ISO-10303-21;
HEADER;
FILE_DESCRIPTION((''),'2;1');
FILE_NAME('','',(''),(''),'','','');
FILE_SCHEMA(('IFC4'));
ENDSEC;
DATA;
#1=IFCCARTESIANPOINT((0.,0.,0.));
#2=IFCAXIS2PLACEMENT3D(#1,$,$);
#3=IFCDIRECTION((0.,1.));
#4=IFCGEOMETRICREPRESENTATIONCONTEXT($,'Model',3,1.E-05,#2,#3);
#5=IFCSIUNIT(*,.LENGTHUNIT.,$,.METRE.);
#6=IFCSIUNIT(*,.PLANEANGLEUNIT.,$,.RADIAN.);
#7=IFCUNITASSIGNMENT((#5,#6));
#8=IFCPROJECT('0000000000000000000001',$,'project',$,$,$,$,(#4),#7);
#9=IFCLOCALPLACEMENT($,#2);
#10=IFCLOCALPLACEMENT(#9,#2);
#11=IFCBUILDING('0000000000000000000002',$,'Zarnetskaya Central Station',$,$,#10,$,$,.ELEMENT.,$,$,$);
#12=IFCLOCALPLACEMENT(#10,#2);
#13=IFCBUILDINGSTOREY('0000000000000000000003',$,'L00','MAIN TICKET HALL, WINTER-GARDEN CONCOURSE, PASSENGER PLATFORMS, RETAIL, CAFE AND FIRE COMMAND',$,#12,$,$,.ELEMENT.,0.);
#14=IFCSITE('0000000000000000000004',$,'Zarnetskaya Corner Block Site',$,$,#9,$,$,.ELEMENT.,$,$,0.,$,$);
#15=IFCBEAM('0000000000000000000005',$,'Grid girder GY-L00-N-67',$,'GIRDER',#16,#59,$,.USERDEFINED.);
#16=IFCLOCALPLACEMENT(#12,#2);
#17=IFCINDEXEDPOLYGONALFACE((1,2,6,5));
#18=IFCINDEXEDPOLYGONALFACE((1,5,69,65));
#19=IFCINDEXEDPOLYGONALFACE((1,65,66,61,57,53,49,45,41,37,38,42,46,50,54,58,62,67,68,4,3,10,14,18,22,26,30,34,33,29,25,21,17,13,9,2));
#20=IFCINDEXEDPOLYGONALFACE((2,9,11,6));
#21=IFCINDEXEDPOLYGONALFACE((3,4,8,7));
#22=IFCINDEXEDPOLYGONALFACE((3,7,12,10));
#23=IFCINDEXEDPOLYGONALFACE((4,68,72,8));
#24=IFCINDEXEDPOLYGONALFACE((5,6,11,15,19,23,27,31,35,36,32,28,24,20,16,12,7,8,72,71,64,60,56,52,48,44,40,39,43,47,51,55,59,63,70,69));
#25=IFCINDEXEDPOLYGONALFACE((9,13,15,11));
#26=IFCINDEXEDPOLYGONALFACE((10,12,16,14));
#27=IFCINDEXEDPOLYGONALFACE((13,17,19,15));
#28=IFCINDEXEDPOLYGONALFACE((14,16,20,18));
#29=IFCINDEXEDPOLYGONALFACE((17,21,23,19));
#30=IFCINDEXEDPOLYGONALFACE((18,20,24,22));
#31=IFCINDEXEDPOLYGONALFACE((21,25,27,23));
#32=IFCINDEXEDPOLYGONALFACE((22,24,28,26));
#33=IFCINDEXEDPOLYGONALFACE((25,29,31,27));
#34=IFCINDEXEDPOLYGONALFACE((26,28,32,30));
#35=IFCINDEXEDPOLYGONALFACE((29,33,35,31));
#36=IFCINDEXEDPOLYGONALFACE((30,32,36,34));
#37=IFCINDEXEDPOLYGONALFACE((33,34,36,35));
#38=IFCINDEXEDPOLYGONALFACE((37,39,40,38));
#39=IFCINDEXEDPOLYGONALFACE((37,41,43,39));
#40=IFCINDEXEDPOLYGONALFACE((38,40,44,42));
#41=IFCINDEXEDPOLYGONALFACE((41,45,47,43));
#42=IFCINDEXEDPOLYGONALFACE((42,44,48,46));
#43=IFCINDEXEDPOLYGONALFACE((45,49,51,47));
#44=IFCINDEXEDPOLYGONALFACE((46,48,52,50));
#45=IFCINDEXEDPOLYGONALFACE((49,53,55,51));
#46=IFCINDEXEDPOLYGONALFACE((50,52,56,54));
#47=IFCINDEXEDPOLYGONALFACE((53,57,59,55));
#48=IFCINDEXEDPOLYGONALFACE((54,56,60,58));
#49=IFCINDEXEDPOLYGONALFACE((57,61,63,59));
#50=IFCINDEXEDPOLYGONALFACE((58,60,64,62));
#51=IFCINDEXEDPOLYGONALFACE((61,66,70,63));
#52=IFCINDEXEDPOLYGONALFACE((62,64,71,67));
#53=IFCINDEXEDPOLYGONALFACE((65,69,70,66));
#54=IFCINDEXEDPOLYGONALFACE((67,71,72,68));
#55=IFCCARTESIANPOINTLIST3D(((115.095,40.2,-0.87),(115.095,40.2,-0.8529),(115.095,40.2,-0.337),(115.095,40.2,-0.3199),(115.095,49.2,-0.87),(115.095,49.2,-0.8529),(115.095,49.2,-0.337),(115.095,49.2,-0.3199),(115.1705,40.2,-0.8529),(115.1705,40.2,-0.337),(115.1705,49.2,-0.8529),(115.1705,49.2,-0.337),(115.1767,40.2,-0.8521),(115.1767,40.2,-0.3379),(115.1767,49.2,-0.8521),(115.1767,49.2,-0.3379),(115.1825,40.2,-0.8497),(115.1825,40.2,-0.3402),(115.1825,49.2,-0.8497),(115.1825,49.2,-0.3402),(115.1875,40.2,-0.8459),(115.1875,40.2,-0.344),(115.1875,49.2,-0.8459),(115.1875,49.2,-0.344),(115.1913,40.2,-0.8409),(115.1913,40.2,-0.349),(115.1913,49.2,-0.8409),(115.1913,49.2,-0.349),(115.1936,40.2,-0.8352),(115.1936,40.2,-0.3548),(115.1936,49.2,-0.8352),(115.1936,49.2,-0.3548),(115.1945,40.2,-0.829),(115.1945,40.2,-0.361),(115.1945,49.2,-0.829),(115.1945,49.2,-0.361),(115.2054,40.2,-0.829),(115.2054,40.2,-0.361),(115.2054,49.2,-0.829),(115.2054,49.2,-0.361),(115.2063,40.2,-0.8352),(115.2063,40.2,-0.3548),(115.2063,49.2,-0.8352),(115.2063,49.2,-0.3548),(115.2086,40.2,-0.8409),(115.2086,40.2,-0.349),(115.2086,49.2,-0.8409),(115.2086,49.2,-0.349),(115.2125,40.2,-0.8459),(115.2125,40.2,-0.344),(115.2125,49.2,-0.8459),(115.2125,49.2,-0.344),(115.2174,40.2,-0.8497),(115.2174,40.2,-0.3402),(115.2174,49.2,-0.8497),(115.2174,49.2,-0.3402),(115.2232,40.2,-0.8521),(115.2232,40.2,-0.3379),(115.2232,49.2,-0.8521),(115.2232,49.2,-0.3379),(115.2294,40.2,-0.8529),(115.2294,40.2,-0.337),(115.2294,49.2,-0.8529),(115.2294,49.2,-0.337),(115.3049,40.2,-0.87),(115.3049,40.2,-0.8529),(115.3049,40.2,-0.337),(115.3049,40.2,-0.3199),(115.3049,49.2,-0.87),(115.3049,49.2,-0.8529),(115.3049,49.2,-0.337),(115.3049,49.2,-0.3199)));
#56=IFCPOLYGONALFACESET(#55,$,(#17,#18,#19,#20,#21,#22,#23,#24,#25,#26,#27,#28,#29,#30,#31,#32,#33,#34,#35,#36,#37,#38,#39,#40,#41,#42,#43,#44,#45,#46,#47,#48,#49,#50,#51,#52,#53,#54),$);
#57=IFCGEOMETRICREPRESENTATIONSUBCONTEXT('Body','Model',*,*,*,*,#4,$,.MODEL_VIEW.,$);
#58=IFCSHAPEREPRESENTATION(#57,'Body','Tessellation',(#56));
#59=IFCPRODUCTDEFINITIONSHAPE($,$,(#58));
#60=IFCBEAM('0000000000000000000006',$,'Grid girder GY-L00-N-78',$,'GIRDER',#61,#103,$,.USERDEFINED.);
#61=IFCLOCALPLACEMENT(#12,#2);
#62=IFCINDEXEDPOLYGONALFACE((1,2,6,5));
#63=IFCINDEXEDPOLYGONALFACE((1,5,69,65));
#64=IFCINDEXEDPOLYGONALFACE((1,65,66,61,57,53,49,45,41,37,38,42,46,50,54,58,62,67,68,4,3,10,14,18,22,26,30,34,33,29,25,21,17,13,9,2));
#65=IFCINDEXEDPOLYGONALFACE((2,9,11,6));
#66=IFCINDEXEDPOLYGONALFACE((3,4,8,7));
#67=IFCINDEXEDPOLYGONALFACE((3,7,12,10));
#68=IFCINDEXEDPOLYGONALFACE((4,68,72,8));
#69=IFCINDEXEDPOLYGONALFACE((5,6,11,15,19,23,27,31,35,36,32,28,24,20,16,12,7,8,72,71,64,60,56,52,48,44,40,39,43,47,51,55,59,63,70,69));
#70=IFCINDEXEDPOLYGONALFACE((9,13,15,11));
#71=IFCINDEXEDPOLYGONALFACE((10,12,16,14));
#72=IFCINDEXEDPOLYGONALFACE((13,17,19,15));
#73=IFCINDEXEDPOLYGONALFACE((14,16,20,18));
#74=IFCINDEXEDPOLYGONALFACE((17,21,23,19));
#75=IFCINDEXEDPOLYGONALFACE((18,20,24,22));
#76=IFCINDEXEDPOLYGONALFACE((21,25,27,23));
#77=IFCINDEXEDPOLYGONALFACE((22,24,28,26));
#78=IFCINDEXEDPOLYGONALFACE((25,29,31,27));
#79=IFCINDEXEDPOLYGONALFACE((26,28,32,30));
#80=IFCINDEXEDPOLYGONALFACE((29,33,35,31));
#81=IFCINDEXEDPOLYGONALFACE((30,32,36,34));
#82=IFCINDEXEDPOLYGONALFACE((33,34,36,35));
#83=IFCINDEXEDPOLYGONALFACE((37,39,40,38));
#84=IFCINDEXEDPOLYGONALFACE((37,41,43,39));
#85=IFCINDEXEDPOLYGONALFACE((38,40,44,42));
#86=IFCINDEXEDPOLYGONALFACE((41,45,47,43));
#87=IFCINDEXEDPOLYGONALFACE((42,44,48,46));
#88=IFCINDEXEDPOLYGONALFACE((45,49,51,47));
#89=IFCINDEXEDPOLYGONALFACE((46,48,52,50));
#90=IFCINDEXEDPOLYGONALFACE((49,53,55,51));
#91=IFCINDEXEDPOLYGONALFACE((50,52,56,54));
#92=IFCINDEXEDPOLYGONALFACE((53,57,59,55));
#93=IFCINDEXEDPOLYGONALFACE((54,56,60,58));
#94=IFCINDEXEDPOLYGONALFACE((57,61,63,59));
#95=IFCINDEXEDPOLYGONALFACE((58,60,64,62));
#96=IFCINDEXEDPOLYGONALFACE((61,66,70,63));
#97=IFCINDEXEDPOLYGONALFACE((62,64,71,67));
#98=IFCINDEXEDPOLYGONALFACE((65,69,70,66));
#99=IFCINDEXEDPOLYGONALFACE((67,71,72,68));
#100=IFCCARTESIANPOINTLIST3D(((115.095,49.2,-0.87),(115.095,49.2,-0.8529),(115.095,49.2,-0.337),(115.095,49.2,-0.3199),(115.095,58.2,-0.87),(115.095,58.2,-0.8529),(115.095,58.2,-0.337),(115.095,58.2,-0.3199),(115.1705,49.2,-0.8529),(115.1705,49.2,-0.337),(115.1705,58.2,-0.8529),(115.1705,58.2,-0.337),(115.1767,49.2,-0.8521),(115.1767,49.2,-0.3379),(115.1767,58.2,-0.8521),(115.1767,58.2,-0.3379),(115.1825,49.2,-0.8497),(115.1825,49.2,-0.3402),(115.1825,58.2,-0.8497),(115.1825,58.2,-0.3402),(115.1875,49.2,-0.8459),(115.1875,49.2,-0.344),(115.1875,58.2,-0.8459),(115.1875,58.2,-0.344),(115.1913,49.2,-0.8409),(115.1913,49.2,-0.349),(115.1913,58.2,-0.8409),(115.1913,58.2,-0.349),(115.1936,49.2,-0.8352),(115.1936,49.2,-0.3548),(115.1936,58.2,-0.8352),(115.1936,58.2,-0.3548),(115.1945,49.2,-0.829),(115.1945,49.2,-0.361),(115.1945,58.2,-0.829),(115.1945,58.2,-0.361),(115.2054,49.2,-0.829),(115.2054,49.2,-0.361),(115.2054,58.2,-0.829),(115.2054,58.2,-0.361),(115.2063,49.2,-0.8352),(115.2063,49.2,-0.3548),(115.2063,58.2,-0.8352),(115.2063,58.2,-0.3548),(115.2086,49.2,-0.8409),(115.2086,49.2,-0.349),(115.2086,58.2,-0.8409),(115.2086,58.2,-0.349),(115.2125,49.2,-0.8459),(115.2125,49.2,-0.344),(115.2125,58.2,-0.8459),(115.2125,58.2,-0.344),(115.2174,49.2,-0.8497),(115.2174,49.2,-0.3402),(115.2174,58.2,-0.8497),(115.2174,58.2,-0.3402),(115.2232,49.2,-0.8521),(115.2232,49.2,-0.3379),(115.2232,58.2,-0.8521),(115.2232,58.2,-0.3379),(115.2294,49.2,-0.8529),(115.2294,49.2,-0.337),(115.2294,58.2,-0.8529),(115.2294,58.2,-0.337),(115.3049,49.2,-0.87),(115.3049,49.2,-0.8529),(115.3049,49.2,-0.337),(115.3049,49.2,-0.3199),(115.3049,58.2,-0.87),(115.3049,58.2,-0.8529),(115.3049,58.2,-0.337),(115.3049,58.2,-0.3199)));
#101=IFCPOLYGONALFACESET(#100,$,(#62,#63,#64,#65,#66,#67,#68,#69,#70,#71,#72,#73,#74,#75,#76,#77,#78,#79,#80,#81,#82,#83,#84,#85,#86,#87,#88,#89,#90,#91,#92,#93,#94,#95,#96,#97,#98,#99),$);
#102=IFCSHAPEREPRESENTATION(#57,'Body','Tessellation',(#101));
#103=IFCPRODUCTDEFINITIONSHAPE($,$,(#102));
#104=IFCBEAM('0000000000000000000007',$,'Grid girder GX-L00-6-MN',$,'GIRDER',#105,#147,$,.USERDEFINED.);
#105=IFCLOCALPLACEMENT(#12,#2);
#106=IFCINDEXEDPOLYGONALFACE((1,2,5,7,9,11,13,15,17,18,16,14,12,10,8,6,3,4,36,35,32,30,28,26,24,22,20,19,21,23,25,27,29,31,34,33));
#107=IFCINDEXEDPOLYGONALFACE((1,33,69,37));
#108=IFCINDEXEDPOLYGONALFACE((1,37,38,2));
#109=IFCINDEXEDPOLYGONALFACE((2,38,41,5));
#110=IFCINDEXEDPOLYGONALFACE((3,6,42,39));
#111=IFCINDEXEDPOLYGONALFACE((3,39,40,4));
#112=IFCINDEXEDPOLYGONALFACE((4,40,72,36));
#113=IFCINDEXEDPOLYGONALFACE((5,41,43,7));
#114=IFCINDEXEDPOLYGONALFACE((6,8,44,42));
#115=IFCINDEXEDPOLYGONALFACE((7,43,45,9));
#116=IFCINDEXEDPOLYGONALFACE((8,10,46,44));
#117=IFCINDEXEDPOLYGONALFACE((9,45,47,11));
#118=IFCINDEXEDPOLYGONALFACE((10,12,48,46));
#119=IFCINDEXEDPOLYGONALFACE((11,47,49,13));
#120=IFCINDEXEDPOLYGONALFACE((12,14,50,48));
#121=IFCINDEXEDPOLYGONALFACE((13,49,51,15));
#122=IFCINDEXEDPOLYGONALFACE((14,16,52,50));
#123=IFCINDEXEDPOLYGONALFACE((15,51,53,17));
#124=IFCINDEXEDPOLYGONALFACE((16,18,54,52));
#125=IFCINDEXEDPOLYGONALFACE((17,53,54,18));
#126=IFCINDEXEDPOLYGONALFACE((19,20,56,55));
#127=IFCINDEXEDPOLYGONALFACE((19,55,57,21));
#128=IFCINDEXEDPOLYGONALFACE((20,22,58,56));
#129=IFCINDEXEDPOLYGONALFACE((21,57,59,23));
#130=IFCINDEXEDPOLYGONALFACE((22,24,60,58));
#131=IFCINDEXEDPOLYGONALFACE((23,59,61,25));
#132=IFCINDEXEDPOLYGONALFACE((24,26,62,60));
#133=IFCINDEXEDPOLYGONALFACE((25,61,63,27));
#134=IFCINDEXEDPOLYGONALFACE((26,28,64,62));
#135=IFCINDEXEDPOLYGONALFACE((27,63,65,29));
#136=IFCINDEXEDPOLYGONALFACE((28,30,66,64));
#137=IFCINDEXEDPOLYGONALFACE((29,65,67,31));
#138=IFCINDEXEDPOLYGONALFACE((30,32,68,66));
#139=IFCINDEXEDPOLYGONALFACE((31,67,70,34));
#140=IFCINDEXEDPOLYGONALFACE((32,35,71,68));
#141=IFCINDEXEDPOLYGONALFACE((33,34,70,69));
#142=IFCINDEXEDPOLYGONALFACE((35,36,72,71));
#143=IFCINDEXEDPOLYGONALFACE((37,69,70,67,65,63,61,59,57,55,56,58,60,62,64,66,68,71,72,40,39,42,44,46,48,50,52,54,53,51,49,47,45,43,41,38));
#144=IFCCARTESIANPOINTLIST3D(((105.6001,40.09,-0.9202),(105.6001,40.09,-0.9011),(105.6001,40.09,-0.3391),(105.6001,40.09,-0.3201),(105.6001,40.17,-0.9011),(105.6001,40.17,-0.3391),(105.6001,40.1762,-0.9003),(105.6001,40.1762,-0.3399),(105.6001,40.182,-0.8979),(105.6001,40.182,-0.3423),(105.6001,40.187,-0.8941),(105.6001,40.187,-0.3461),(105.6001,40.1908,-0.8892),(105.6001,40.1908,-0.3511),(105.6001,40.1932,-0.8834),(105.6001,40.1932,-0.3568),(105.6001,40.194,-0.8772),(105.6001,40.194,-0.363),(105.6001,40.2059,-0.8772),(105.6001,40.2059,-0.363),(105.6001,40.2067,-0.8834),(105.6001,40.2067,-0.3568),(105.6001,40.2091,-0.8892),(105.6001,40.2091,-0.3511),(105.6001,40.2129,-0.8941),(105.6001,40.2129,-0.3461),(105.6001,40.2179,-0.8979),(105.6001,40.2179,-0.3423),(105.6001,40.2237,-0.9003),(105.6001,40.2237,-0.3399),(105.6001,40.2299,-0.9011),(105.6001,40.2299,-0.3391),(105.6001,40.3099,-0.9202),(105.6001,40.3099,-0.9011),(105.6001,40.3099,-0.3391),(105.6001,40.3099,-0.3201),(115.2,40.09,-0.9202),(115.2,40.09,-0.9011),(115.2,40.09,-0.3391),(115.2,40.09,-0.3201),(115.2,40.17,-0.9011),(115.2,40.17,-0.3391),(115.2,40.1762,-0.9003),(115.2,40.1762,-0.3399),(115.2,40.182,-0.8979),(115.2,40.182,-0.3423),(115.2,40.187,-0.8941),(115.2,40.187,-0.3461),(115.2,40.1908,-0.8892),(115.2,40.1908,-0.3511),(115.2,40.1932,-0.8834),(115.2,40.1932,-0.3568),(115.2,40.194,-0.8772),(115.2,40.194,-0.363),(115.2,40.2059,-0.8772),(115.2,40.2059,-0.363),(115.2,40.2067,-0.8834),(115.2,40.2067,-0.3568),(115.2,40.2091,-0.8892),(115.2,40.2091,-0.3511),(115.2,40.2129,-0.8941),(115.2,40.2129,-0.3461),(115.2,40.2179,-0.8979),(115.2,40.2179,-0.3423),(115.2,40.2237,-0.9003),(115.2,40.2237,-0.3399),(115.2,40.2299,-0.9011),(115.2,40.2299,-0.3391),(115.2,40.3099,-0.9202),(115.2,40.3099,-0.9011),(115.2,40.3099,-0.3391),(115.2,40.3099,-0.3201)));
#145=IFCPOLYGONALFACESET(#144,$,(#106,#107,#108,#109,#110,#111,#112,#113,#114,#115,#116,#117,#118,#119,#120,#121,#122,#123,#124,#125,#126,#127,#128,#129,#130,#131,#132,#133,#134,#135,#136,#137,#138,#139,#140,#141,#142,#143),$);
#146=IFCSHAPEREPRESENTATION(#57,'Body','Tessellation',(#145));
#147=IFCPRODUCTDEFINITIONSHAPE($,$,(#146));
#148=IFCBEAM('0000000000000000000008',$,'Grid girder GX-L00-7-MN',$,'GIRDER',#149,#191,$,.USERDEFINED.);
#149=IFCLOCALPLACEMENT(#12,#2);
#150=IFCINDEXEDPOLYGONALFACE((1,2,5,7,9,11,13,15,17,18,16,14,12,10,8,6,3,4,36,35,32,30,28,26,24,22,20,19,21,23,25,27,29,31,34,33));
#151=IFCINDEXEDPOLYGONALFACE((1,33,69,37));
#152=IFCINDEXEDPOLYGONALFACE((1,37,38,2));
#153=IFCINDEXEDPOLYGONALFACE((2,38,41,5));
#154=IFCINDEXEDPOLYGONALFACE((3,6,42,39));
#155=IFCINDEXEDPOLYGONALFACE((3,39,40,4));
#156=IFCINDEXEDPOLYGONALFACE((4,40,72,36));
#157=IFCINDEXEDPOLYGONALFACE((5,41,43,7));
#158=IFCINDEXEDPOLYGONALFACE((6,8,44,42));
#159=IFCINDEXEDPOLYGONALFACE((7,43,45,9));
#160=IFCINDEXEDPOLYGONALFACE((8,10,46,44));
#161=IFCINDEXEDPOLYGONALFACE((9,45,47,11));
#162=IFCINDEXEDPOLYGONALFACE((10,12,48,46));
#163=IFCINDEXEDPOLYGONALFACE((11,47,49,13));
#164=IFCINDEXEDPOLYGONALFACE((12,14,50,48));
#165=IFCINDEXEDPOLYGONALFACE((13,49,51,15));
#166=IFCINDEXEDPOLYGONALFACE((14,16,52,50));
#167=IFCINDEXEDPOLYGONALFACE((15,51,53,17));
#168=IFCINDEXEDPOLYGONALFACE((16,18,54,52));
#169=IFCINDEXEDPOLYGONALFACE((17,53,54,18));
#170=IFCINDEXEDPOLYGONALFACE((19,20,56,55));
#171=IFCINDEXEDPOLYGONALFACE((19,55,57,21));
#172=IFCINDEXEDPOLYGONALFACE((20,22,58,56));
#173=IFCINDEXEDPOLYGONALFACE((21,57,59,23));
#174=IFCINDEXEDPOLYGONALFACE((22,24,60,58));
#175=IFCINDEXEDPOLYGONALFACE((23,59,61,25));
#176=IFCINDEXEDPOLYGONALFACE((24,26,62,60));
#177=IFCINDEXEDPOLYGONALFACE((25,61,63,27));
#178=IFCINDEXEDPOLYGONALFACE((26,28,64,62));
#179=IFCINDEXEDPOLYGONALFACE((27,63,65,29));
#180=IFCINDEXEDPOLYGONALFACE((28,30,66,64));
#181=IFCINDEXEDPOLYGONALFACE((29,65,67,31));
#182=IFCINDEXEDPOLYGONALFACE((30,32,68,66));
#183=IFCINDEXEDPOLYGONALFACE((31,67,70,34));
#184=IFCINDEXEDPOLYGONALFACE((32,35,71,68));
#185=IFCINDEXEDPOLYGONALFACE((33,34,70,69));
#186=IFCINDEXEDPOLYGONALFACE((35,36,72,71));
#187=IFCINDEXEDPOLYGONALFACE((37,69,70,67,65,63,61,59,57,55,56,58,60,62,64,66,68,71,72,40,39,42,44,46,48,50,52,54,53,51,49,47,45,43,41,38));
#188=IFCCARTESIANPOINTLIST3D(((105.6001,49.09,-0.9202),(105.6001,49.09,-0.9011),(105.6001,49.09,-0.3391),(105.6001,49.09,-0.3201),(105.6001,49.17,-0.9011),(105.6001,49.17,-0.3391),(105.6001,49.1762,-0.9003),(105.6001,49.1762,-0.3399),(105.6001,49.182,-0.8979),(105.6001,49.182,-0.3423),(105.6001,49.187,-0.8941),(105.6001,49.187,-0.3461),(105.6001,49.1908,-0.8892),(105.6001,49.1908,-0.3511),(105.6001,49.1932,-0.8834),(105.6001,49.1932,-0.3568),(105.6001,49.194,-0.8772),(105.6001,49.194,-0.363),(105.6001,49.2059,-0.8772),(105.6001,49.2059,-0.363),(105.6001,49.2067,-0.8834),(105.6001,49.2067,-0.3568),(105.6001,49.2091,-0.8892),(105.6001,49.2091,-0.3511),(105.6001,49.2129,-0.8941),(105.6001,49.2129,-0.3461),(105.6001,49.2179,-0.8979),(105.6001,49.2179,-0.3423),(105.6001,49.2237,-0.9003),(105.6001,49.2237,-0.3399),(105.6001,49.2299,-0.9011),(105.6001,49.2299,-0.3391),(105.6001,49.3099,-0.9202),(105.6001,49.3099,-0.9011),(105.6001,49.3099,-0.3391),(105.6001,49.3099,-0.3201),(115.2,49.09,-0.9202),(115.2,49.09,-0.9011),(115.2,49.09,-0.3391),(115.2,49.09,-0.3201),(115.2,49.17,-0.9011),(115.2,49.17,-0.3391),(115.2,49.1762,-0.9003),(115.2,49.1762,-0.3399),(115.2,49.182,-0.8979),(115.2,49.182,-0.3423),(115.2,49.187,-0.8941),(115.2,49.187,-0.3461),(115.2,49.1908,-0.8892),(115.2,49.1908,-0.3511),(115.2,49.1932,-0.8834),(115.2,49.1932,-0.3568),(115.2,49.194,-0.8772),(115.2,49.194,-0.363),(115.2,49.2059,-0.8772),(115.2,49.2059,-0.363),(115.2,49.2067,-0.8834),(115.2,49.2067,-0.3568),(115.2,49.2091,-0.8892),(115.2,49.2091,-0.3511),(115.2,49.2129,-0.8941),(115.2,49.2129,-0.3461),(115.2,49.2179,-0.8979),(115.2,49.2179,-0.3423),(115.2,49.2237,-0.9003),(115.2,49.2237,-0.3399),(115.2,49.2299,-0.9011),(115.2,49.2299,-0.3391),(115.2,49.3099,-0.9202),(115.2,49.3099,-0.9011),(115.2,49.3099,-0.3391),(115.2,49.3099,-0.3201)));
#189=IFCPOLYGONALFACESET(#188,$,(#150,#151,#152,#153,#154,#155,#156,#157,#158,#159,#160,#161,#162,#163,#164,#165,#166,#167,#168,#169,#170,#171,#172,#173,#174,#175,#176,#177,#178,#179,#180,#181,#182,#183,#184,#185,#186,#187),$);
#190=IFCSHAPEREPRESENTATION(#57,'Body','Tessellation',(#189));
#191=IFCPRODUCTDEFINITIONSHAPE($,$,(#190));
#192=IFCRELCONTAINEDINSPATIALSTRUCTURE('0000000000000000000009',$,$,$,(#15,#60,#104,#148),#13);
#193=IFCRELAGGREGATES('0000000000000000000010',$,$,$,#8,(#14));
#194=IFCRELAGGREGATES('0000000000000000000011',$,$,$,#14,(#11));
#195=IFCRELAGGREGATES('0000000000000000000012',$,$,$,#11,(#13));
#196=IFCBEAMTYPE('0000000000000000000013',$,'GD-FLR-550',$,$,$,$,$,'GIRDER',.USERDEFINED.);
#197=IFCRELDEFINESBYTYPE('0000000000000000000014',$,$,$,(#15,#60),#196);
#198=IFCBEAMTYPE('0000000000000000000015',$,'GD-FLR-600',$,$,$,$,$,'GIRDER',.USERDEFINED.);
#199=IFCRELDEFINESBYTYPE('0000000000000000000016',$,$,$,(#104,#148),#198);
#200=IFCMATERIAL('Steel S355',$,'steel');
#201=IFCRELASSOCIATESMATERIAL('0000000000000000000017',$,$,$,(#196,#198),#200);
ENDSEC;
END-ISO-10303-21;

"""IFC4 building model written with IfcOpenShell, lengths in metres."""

from ifc_helpers import new_model, si_unit, direction, frame, origin, origin_2d, place, context, subcontext, project, spatial, i_section, extrude, material, material_profile, profile_set, type_object, element, save


model = new_model("IFC4")

# Units and contexts
model_context = context("Model", 3, precision=1e-05, world=origin(), true_north=direction((0.0, 1.0)))
body_context = subcontext(model_context, "Body", "Model", "MODEL_VIEW")
ifc_project = project(units=[si_unit("LENGTHUNIT", "METRE"), si_unit("PLANEANGLEUNIT", "RADIAN")], contexts=[model_context])

# Site, building, storey
site_placement = place(None, origin())
site = spatial("IfcSite", under=ifc_project, at=site_placement, Name="Zarnetskaya Corner Block Site", CompositionType="ELEMENT", RefElevation=0.0)
building_placement = place(site_placement, origin())
building = spatial("IfcBuilding", under=site, at=building_placement, Name="Zarnetskaya Central Station", CompositionType="ELEMENT")
storey_placement = place(building_placement, origin())
storey = spatial("IfcBuildingStorey", under=building, at=storey_placement, Name="L00", Description="MAIN TICKET HALL, WINTER-GARDEN CONCOURSE, PASSENGER PLATFORMS, RETAIL, CAFE AND FIRE COMMAND", CompositionType="ELEMENT", Elevation=0.0)

# Shared definitions
ifc_material = material(Name="Steel S355", Category="steel")

# Beams
ifc_material_profile_1 = material_profile(ifc_material, i_section(OverallWidth=0.21, OverallDepth=0.55, WebThickness=0.011, FlangeThickness=0.0171, FilletRadius=0.0239, at=origin_2d()), Name="IPE 550")
ifc_profile_set_1 = profile_set([ifc_material_profile_1], Name="Steel S355")
beam_type_1 = type_object("IfcBeamType", Name="GD-FLR-550", ElementType="GIRDER", PredefinedType="USERDEFINED", material=ifc_profile_set_1)
for number, where, z_axis, x_axis, name in (
    (1, (115.2, 40.2, -0.595), (0.0, 1.0, 0.0), (-1.0, 0.0, 0.0), "Grid girder GY-L00-N-67"),
    (2, (115.2, 49.2, -0.595), (0.0, 1.0, 0.0), (-1.0, 0.0, 0.0), "Grid girder GY-L00-N-78"),
):
    element("IfcBeam", number, at=place(storey_placement, frame(where, z_axis=z_axis, x_axis=x_axis)), inside=storey, type_object=beam_type_1, Name=name, ObjectType="GIRDER", PredefinedType="USERDEFINED", context=body_context, shape_type="SweptSolid", body=[
        extrude(i_section(OverallWidth=0.21, OverallDepth=0.55, WebThickness=0.011, FlangeThickness=0.0171, FilletRadius=0.0239, at=origin_2d()), origin(), (0.0, 0.0, 1.0), 9.0),
    ])
ifc_material_profile_2 = material_profile(ifc_material, i_section(OverallWidth=0.22, OverallDepth=0.6001, WebThickness=0.012, FlangeThickness=0.019, FilletRadius=0.0239, at=origin_2d()), Name="IPE 600")
ifc_profile_set_2 = profile_set([ifc_material_profile_2], Name="Steel S355")
beam_type_2 = type_object("IfcBeamType", Name="GD-FLR-600", ElementType="GIRDER", PredefinedType="USERDEFINED", material=ifc_profile_set_2)
for number, where, z_axis, x_axis, name in (
    (3, (105.6001, 40.2, -0.6201), (1.0, 0.0, 0.0), (0.0, 1.0, 0.0), "Grid girder GX-L00-6-MN"),
    (4, (105.6001, 49.2, -0.6201), (1.0, 0.0, 0.0), (0.0, 1.0, 0.0), "Grid girder GX-L00-7-MN"),
):
    element("IfcBeam", number, at=place(storey_placement, frame(where, z_axis=z_axis, x_axis=x_axis)), inside=storey, type_object=beam_type_2, Name=name, ObjectType="GIRDER", PredefinedType="USERDEFINED", context=body_context, shape_type="SweptSolid", body=[
        extrude(i_section(OverallWidth=0.22, OverallDepth=0.6001, WebThickness=0.012, FlangeThickness=0.019, FilletRadius=0.0239, at=origin_2d()), origin(), (0.0, 0.0, 1.0), 9.5999),
    ])

save(model, "model.ifc")
